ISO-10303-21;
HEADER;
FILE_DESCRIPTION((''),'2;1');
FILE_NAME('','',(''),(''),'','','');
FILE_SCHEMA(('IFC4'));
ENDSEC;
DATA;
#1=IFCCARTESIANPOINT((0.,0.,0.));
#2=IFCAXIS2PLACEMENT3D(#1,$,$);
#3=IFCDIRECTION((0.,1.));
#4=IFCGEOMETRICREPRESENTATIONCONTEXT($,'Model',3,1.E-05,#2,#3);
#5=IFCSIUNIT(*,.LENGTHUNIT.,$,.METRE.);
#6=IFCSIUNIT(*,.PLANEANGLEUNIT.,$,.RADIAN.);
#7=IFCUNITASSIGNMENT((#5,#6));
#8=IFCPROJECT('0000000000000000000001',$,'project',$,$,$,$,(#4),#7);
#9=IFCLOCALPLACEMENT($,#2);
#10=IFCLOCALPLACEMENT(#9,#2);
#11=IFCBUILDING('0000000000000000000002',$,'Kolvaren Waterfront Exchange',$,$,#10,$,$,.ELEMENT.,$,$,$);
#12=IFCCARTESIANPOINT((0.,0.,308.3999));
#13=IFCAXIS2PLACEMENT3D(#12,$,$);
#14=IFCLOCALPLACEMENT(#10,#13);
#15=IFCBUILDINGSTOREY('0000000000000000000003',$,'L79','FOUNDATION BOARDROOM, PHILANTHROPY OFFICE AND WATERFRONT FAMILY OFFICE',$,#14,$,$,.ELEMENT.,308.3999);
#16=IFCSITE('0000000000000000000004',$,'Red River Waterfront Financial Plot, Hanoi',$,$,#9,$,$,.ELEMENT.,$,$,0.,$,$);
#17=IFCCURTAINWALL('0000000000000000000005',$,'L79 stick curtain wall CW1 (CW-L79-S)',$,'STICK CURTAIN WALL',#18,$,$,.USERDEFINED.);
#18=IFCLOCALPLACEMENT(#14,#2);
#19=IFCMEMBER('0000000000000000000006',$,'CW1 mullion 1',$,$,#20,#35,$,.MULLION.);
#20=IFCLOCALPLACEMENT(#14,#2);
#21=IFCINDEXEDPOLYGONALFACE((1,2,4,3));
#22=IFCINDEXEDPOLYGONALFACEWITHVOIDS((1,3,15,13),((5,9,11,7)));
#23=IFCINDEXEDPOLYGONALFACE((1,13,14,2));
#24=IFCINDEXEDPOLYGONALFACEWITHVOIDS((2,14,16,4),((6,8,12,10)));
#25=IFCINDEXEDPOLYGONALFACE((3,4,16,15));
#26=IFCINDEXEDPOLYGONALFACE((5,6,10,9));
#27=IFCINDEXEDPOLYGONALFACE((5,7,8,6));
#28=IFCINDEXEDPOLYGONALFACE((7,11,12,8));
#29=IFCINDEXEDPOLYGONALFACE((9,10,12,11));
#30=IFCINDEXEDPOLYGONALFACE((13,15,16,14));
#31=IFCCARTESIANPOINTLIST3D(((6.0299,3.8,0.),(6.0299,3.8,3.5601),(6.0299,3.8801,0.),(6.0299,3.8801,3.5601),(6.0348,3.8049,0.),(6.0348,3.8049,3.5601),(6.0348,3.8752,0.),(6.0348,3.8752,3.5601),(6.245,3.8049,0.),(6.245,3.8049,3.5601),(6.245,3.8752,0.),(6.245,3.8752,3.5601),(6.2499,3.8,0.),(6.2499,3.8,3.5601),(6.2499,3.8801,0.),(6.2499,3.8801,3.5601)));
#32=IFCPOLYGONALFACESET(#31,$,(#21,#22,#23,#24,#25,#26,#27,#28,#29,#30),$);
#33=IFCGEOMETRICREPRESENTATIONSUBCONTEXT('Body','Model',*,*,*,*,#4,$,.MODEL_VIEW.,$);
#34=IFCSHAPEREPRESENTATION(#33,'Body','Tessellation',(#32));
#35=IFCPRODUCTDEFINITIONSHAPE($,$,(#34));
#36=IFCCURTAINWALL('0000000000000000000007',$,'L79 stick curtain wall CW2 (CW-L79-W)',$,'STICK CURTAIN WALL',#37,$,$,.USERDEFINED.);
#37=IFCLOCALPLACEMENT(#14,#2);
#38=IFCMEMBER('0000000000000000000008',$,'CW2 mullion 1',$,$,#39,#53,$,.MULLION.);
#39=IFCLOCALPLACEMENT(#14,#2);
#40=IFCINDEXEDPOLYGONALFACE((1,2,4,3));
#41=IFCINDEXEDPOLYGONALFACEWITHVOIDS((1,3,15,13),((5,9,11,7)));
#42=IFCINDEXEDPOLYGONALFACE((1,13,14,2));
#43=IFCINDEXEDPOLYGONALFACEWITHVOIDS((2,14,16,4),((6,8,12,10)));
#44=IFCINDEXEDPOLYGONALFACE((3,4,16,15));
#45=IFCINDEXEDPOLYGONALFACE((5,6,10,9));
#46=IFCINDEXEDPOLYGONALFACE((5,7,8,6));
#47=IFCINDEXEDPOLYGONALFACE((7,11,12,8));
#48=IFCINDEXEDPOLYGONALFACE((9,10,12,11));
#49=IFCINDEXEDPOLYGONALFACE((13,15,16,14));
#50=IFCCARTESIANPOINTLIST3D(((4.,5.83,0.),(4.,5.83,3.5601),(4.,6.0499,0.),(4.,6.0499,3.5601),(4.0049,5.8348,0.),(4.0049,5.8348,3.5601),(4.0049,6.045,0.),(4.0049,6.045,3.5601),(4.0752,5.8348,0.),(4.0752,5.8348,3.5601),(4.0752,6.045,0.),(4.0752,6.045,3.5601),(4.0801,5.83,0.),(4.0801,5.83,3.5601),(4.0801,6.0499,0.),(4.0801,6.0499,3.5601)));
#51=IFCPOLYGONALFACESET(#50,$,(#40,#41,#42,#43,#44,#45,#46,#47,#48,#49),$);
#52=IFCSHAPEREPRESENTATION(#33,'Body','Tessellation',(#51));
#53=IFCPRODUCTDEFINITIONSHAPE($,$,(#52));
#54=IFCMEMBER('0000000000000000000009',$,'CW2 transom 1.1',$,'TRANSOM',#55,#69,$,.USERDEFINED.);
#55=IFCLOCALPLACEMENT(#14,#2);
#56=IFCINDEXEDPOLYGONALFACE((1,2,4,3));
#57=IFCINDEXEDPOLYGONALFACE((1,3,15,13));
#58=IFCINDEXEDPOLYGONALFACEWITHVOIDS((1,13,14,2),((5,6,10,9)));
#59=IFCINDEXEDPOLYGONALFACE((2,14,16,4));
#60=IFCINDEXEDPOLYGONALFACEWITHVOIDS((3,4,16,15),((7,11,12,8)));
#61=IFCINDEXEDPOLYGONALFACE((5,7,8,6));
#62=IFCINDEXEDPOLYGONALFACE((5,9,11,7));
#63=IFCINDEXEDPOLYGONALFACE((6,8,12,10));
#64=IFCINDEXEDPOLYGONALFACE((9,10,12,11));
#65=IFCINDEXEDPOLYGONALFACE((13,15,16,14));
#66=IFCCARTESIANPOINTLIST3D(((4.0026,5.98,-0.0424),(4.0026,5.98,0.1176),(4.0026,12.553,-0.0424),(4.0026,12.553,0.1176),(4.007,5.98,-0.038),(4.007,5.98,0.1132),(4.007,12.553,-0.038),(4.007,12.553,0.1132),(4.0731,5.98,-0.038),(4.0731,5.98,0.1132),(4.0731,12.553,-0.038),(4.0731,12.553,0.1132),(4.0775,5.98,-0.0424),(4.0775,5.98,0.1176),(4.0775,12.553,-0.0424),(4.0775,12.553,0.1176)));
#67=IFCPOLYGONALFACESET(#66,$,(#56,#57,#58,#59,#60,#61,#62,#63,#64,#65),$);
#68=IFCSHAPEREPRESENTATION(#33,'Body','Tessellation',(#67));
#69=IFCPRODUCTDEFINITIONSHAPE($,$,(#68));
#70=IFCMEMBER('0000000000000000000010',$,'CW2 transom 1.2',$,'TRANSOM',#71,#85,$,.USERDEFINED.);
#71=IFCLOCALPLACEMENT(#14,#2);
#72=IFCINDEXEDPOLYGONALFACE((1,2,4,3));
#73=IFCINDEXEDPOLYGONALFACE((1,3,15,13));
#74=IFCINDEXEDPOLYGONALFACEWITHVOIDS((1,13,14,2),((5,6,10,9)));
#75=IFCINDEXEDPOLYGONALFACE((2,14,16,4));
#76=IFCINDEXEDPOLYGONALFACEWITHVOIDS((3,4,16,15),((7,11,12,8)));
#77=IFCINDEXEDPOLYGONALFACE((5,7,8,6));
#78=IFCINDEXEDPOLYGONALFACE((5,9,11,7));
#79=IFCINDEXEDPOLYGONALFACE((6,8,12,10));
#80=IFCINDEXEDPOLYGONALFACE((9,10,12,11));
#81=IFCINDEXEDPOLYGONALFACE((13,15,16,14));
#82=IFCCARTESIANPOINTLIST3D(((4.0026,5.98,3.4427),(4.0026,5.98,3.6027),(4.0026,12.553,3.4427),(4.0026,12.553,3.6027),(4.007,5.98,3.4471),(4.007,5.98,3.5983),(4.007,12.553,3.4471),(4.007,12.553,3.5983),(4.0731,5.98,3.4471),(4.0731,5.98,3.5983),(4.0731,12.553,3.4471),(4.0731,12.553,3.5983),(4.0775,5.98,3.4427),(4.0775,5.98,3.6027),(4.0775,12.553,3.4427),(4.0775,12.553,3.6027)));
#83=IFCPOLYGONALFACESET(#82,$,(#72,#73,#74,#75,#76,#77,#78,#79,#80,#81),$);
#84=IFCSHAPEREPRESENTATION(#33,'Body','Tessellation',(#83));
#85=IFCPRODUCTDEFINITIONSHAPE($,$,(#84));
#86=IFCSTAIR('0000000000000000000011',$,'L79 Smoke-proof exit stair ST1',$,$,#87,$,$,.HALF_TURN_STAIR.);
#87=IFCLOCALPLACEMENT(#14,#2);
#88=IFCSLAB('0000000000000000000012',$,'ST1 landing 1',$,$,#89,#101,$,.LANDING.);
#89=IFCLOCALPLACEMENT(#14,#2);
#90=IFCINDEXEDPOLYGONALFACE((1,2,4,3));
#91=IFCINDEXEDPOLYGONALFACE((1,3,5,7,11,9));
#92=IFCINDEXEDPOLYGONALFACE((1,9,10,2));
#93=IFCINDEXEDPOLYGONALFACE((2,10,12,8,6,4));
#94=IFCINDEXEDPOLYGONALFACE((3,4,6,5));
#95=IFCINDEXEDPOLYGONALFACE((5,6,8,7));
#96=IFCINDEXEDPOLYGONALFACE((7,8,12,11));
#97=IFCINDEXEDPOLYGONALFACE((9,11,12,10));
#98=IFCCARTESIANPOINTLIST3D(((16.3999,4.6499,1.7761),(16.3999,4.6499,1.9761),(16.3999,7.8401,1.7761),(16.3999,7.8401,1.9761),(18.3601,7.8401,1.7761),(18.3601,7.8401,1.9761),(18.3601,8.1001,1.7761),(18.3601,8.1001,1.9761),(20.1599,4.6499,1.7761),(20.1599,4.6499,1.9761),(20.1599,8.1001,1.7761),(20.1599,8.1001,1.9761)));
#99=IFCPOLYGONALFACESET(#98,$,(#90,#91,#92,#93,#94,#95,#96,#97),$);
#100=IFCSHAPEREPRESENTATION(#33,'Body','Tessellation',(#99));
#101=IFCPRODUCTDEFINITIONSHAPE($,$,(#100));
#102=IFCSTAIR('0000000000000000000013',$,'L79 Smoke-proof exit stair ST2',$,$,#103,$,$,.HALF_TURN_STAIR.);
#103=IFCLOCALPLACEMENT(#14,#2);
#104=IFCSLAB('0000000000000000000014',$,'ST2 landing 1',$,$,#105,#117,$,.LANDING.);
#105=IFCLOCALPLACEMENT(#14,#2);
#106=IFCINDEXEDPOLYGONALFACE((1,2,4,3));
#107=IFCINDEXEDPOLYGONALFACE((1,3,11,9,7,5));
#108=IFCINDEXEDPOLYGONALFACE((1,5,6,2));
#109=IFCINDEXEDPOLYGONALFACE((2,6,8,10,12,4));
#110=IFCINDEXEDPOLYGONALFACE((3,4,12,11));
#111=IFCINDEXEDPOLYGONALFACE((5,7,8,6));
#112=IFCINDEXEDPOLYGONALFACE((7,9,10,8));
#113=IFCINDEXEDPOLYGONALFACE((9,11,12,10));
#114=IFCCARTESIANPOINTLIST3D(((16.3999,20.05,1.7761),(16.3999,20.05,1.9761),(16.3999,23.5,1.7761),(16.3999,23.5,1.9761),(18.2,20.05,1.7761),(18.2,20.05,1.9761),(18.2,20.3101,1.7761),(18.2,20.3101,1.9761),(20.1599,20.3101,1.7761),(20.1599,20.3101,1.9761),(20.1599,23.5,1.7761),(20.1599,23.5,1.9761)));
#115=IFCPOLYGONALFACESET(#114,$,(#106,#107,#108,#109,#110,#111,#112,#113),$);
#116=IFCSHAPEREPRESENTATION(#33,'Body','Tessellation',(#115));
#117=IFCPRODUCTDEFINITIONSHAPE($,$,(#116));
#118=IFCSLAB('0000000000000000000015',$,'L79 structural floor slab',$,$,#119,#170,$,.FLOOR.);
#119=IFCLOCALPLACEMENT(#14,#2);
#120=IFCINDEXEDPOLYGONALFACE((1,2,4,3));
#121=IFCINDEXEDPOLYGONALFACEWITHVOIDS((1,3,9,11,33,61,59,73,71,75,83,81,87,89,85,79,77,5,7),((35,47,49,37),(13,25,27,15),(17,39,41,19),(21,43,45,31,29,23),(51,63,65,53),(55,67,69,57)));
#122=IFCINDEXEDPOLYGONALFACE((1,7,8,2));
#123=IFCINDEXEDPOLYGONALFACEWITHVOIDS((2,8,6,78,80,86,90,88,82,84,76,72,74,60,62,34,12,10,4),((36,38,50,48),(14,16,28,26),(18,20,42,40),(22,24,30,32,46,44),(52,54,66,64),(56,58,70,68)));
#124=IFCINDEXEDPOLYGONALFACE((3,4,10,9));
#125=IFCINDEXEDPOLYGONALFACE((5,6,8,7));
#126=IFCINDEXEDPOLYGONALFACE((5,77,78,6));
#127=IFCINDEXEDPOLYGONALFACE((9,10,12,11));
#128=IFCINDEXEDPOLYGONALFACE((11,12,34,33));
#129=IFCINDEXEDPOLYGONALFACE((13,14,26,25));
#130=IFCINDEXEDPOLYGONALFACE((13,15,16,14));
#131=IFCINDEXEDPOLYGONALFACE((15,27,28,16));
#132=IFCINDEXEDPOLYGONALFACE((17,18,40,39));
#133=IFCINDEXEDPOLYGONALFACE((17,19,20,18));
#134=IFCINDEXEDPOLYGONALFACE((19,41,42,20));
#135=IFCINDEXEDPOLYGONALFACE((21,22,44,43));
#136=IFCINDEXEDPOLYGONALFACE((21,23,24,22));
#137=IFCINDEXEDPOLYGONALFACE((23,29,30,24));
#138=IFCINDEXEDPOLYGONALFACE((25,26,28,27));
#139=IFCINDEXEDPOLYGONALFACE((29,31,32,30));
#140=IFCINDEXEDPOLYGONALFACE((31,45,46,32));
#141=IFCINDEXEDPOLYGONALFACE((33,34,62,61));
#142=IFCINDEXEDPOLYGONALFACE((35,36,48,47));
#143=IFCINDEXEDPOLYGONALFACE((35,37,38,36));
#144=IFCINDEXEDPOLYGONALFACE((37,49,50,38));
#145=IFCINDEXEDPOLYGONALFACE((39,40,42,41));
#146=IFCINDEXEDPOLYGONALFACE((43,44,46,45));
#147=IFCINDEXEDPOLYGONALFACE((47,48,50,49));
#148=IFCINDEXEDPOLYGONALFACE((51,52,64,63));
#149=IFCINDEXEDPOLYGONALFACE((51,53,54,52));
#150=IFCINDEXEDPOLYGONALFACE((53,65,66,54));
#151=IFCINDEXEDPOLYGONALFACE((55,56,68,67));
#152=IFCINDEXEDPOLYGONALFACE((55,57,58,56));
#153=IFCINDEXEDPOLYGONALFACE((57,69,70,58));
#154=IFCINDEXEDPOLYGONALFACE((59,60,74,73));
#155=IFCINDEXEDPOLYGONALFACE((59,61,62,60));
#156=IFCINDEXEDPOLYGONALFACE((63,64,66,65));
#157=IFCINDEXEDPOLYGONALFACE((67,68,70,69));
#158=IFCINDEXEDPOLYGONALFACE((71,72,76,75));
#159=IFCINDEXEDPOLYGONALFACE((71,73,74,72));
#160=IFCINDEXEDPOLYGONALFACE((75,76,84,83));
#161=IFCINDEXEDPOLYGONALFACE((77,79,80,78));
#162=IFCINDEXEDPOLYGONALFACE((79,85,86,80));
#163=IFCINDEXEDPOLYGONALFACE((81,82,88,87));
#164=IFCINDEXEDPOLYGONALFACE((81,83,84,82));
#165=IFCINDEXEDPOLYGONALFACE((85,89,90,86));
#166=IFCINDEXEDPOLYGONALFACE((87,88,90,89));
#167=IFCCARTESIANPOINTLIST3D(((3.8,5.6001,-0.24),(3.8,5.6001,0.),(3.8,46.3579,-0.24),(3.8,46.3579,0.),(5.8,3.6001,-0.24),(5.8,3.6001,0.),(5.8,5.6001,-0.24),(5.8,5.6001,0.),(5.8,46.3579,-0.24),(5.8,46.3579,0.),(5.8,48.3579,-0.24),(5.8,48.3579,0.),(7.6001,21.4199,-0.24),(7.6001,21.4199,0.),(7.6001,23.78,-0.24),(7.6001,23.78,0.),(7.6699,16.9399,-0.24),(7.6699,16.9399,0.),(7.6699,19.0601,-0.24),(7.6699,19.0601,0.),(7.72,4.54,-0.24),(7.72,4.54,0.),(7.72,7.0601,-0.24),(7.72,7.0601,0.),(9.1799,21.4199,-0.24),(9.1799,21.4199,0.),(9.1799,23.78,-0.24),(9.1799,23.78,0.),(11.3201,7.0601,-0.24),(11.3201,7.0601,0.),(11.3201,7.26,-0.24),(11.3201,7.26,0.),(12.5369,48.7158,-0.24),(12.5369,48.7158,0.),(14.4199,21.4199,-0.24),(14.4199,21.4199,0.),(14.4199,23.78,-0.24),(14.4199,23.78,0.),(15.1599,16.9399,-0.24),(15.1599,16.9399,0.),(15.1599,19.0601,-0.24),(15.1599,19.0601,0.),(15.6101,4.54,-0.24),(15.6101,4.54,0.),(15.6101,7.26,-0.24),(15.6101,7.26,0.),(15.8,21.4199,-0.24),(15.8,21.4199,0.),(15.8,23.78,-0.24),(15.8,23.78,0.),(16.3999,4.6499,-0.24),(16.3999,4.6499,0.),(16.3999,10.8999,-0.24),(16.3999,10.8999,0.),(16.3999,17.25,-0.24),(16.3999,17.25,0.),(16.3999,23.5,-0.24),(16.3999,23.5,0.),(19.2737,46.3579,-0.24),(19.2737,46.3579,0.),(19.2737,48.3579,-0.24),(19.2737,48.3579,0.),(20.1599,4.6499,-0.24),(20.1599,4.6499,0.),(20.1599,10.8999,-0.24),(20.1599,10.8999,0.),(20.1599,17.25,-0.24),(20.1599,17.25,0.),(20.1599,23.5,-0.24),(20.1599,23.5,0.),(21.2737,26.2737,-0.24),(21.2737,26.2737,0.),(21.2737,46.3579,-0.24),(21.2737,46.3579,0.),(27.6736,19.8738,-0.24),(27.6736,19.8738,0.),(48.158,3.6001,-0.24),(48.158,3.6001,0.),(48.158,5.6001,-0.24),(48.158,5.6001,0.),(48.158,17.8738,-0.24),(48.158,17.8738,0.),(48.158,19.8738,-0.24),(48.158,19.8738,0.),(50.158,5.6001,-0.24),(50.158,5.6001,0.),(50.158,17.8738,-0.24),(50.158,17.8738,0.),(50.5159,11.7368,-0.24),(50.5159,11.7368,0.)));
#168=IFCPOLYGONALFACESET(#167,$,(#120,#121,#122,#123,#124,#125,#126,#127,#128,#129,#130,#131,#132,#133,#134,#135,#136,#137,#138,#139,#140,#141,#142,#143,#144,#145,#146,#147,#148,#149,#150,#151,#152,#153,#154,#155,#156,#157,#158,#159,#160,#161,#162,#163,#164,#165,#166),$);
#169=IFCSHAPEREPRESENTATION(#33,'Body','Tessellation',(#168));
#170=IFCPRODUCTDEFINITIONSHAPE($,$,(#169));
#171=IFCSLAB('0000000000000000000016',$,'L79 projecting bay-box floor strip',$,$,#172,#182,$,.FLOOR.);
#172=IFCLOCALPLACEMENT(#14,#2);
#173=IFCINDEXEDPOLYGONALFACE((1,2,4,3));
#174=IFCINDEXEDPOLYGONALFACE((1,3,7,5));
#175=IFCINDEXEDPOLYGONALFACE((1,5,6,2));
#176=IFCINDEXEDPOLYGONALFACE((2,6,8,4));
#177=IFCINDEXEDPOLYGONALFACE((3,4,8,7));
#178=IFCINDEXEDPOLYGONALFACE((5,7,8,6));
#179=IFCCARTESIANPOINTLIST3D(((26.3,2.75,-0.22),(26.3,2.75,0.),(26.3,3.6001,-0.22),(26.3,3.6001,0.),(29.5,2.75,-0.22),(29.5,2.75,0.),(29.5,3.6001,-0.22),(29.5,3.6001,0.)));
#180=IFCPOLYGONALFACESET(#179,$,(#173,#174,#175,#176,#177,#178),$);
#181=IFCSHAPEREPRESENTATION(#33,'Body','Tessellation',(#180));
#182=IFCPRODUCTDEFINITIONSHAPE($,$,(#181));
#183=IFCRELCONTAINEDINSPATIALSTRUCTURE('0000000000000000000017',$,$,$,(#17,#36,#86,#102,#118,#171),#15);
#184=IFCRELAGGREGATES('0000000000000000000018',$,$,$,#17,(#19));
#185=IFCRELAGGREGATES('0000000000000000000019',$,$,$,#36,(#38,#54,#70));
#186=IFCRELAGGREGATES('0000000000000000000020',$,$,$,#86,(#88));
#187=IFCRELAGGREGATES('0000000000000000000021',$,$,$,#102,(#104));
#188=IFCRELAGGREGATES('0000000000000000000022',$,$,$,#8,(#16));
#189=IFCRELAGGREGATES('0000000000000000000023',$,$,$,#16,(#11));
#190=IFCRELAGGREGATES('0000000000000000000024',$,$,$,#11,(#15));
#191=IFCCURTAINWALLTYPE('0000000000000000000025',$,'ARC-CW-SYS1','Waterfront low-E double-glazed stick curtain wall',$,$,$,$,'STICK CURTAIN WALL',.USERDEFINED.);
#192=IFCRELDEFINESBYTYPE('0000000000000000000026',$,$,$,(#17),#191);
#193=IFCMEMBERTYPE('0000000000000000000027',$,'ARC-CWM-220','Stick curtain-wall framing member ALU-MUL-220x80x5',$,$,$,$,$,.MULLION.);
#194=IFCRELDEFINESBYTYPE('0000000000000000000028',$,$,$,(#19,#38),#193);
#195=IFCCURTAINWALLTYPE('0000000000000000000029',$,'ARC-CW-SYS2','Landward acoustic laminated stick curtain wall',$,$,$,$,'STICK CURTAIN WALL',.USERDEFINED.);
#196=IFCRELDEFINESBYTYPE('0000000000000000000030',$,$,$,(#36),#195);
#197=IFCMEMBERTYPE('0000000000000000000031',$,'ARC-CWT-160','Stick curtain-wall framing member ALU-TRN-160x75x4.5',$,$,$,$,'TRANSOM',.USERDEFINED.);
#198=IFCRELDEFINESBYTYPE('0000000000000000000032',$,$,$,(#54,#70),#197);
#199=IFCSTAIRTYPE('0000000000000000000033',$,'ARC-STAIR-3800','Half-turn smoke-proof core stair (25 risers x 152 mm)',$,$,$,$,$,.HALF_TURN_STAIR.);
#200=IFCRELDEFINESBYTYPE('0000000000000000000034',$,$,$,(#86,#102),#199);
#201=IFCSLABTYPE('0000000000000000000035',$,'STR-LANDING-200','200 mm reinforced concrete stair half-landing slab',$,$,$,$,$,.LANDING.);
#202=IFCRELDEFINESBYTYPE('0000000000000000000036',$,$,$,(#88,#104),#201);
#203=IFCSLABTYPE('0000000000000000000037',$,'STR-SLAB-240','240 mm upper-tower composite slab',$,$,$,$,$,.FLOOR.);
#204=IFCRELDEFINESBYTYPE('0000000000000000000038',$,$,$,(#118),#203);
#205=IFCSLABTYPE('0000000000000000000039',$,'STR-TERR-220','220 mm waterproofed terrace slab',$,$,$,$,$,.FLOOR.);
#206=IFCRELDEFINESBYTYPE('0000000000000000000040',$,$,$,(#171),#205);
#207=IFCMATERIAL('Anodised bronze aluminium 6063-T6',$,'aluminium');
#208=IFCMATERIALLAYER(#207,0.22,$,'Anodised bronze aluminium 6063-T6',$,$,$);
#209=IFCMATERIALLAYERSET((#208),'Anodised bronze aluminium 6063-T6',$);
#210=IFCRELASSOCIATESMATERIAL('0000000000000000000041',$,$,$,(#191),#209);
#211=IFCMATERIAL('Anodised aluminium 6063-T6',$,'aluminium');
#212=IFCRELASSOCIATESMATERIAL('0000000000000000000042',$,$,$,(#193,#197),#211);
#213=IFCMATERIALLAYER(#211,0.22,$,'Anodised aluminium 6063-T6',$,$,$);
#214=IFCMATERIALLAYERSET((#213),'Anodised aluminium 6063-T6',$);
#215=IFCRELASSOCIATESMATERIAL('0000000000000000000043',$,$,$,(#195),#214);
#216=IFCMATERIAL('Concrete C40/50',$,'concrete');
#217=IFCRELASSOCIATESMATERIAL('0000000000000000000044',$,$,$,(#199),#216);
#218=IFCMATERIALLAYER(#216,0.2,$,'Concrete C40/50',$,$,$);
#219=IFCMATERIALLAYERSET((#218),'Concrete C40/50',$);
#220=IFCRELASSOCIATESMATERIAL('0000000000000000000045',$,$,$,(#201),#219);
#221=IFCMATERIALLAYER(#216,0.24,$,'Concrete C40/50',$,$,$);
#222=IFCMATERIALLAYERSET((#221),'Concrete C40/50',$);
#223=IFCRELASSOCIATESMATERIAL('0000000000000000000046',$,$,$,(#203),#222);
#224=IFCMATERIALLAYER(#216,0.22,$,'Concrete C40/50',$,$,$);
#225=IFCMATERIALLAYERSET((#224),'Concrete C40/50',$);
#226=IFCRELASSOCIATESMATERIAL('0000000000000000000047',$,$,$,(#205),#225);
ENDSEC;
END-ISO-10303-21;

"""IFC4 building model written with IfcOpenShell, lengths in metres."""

from ifc_helpers import new_model, si_unit, direction, frame, origin, origin_with_axes, origin_2d, place, context, subcontext, project, spatial, polyline, hollow_rectangle, outline, extrude, source, transform, mapped, material, layer, layer_set, material_profile, profile_set, type_object, element, aggregate, save


model = new_model("IFC4")

# Units and contexts
model_context = context("Model", 3, precision=1e-05, world=origin(), true_north=direction((0.0, 1.0)))
body_context = subcontext(model_context, "Body", "Model", "MODEL_VIEW")
ifc_project = project(units=[si_unit("LENGTHUNIT", "METRE"), si_unit("PLANEANGLEUNIT", "RADIAN")], contexts=[model_context])

# Site, building, storey
site_placement = place(None, origin())
site = spatial("IfcSite", under=ifc_project, at=site_placement, Name="Red River Waterfront Financial Plot, Hanoi", CompositionType="ELEMENT", RefElevation=0.0)
building_placement = place(site_placement, origin())
building = spatial("IfcBuilding", under=site, at=building_placement, Name="Kolvaren Waterfront Exchange", CompositionType="ELEMENT")
storey_placement = place(building_placement, frame((0.0, 0.0, 308.3999)))
storey = spatial("IfcBuildingStorey", under=building, at=storey_placement, Name="L79", Description="FOUNDATION BOARDROOM, PHILANTHROPY OFFICE AND WATERFRONT FAMILY OFFICE", CompositionType="ELEMENT", Elevation=308.3999)

# Curtain wall, member
ifc_material_1 = material(Name="Anodised bronze aluminium 6063-T6", Category="aluminium")
ifc_layer_1 = layer(ifc_material_1, 0.22, Name="Anodised bronze aluminium 6063-T6")
ifc_layer_set_1 = layer_set([ifc_layer_1], Name="Anodised bronze aluminium 6063-T6")
curtain_wall_type_1 = type_object("IfcCurtainWallType", Name="ARC-CW-SYS1", Description="Waterfront low-E double-glazed stick curtain wall", ElementType="STICK CURTAIN WALL", PredefinedType="USERDEFINED", material=ifc_layer_set_1)
curtain_wall_1_placement = place(storey_placement, origin())
curtain_wall_1 = element("IfcCurtainWall", 1, at=curtain_wall_1_placement, inside=storey, type_object=curtain_wall_type_1, Name="L79 stick curtain wall CW1 (CW-L79-S)", ObjectType="STICK CURTAIN WALL", PredefinedType="USERDEFINED")
ifc_material_2 = material(Name="Anodised aluminium 6063-T6", Category="aluminium")
ifc_material_profile_1 = material_profile(ifc_material_2, hollow_rectangle(XDim=0.0801, YDim=0.22, WallThickness=0.0049, at=origin_2d()), Name="ALU-MUL-220x80x5")
ifc_profile_set_1 = profile_set([ifc_material_profile_1], Name="Anodised aluminium 6063-T6")
member_type_1 = type_object("IfcMemberType", Name="ARC-CWM-220", Description="Stick curtain-wall framing member ALU-MUL-220x80x5", PredefinedType="MULLION", material=ifc_profile_set_1)
shared_shape_1 = source(origin_with_axes(), body_context, "Body", "SweptSolid", [
    extrude(hollow_rectangle(XDim=0.0801, YDim=0.22, WallThickness=0.0049, at=origin_2d()), origin(), (0.0, 0.0, 1.0), 3.5601),
])
member_1_placement = place(storey_placement, frame((6.1399, 3.8401, 0.0), z_axis=(0.0, 0.0, 1.0), x_axis=(0.0, 1.0, 0.0)))
member_1 = element("IfcMember", 2, at=member_1_placement, type_object=member_type_1, Name="CW1 mullion 1", PredefinedType="MULLION", context=body_context, shape_type="MappedRepresentation", body=[
    mapped(shared_shape_1, transform((0.0, 0.0, 0.0), x_axis=(1.0, 0.0, 0.0), y_axis=(0.0, 1.0, 0.0), z_axis=(0.0, 0.0, 1.0), scale=1.0)),
])
aggregate(curtain_wall_1, [member_1])

# Curtain wall, members
ifc_layer_2 = layer(ifc_material_2, 0.22, Name="Anodised aluminium 6063-T6")
ifc_layer_set_2 = layer_set([ifc_layer_2], Name="Anodised aluminium 6063-T6")
curtain_wall_type_2 = type_object("IfcCurtainWallType", Name="ARC-CW-SYS2", Description="Landward acoustic laminated stick curtain wall", ElementType="STICK CURTAIN WALL", PredefinedType="USERDEFINED", material=ifc_layer_set_2)
curtain_wall_2_placement = place(storey_placement, origin())
curtain_wall_2 = element("IfcCurtainWall", 3, at=curtain_wall_2_placement, inside=storey, type_object=curtain_wall_type_2, Name="L79 stick curtain wall CW2 (CW-L79-W)", ObjectType="STICK CURTAIN WALL", PredefinedType="USERDEFINED")
member_2_placement = place(storey_placement, frame((4.04, 5.9399, 0.0), z_axis=(0.0, 0.0, 1.0), x_axis=(-1.0, 0.0, 0.0)))
member_2 = element("IfcMember", 4, at=member_2_placement, type_object=member_type_1, Name="CW2 mullion 1", PredefinedType="MULLION", context=body_context, shape_type="MappedRepresentation", body=[
    mapped(shared_shape_1, transform((0.0, 0.0, 0.0), x_axis=(1.0, 0.0, 0.0), y_axis=(0.0, 1.0, 0.0), z_axis=(0.0, 0.0, 1.0), scale=1.0)),
])
ifc_material_profile_2 = material_profile(ifc_material_2, hollow_rectangle(XDim=0.075, YDim=0.1599, WallThickness=0.0044, at=origin_2d()), Name="ALU-TRN-160x75x4.5")
ifc_profile_set_2 = profile_set([ifc_material_profile_2], Name="Anodised aluminium 6063-T6")
member_type_2 = type_object("IfcMemberType", Name="ARC-CWT-160", Description="Stick curtain-wall framing member ALU-TRN-160x75x4.5", ElementType="TRANSOM", PredefinedType="USERDEFINED", material=ifc_profile_set_2)
shared_shape_2 = source(origin_with_axes(), body_context, "Body", "SweptSolid", [
    extrude(hollow_rectangle(XDim=0.075, YDim=0.1599, WallThickness=0.0044, at=origin_2d()), origin(), (0.0, 0.0, 1.0), 6.573),
])
member_3_placement = place(storey_placement, frame((4.04, 5.98, 0.0376), z_axis=(0.0, 1.0, 0.0), x_axis=(-1.0, 0.0, 0.0)))
member_3 = element("IfcMember", 5, at=member_3_placement, type_object=member_type_2, Name="CW2 transom 1.1", ObjectType="TRANSOM", PredefinedType="USERDEFINED", context=body_context, shape_type="MappedRepresentation", body=[
    mapped(shared_shape_2, transform((0.0, 0.0, 0.0), x_axis=(1.0, 0.0, 0.0), y_axis=(0.0, 1.0, 0.0), z_axis=(0.0, 0.0, 1.0), scale=1.0)),
])
member_4_placement = place(storey_placement, frame((4.04, 5.98, 3.5227), z_axis=(0.0, 1.0, 0.0), x_axis=(-1.0, 0.0, 0.0)))
member_4 = element("IfcMember", 6, at=member_4_placement, type_object=member_type_2, Name="CW2 transom 1.2", ObjectType="TRANSOM", PredefinedType="USERDEFINED", context=body_context, shape_type="MappedRepresentation", body=[
    mapped(shared_shape_2, transform((0.0, 0.0, 0.0), x_axis=(1.0, 0.0, 0.0), y_axis=(0.0, 1.0, 0.0), z_axis=(0.0, 0.0, 1.0), scale=1.0)),
])
aggregate(curtain_wall_2, [member_2, member_3, member_4])

# Stairs, slabs
ifc_material_3 = material(Name="Concrete C40/50", Category="concrete")
stair_type = type_object("IfcStairType", Name="ARC-STAIR-3800", Description="Half-turn smoke-proof core stair (25 risers x 152 mm)", PredefinedType="HALF_TURN_STAIR", material=ifc_material_3)
stair_1_placement = place(storey_placement, origin())
stair_1 = element("IfcStair", 7, at=stair_1_placement, inside=storey, type_object=stair_type, Name="L79 Smoke-proof exit stair ST1", PredefinedType="HALF_TURN_STAIR")
ifc_layer_3 = layer(ifc_material_3, 0.2, Name="Concrete C40/50")
ifc_layer_set_3 = layer_set([ifc_layer_3], Name="Concrete C40/50")
slab_type_1 = type_object("IfcSlabType", Name="STR-LANDING-200", Description="200 mm reinforced concrete stair half-landing slab", PredefinedType="LANDING", material=ifc_layer_set_3)
slab_1_placement = place(storey_placement, frame((0.0, 0.0, 1.7761)))
slab_1 = element("IfcSlab", 8, at=slab_1_placement, type_object=slab_type_1, Name="ST1 landing 1", PredefinedType="LANDING", context=body_context, shape_type="SweptSolid", body=[
    extrude(outline(polyline([(16.3999, 7.8401), (16.3999, 4.6499), (20.1599, 4.6499), (20.1599, 8.1001), (18.3601, 8.1001), (18.3601, 7.8401), (16.3999, 7.8401)])), origin(), (0.0, 0.0, 1.0), 0.2),
])
aggregate(stair_1, [slab_1])
stair_2_placement = place(storey_placement, origin())
stair_2 = element("IfcStair", 9, at=stair_2_placement, inside=storey, type_object=stair_type, Name="L79 Smoke-proof exit stair ST2", PredefinedType="HALF_TURN_STAIR")
slab_2_placement = place(storey_placement, frame((0.0, 0.0, 1.7761)))
slab_2 = element("IfcSlab", 10, at=slab_2_placement, type_object=slab_type_1, Name="ST2 landing 1", PredefinedType="LANDING", context=body_context, shape_type="SweptSolid", body=[
    extrude(outline(polyline([(20.1599, 20.3101), (20.1599, 23.5), (16.3999, 23.5), (16.3999, 20.05), (18.2, 20.05), (18.2, 20.3101), (20.1599, 20.3101)])), origin(), (0.0, 0.0, 1.0), 0.2),
])
aggregate(stair_2, [slab_2])

# Slabs
ifc_layer_4 = layer(ifc_material_3, 0.24, Name="Concrete C40/50")
ifc_layer_set_4 = layer_set([ifc_layer_4], Name="Concrete C40/50")
slab_type_2 = type_object("IfcSlabType", Name="STR-SLAB-240", Description="240 mm upper-tower composite slab", PredefinedType="FLOOR", material=ifc_layer_set_4)
slab_3_placement = place(storey_placement, frame((0.0, 0.0, -0.24)))
element("IfcSlab", 11, at=slab_3_placement, inside=storey, type_object=slab_type_2, Name="L79 structural floor slab", PredefinedType="FLOOR", context=body_context, shape_type="SweptSolid", body=[
    extrude(outline(polyline([(5.8, 3.6001), (48.158, 3.6001), (48.158, 5.6001), (50.158, 5.6001), (50.5159, 11.7368), (50.158, 17.8738), (48.158, 17.8738), (48.158, 19.8738), (27.6736, 19.8738), (21.2737, 26.2737), (21.2737, 46.3579), (19.2737, 46.3579), (19.2737, 48.3579), (12.5369, 48.7158), (5.8, 48.3579), (5.8, 46.3579), (3.8, 46.3579), (3.8, 5.6001), (5.8, 5.6001), (5.8, 3.6001)]), holes=[polyline([(11.3201, 7.26), (15.6101, 7.26), (15.6101, 4.54), (7.72, 4.54), (7.72, 7.0601), (11.3201, 7.0601), (11.3201, 7.26)]), polyline([(20.1599, 10.8999), (20.1599, 4.6499), (16.3999, 4.6499), (16.3999, 10.8999), (20.1599, 10.8999)]), polyline([(7.6699, 19.0601), (15.1599, 19.0601), (15.1599, 16.9399), (7.6699, 16.9399), (7.6699, 19.0601)]), polyline([(16.3999, 17.25), (16.3999, 23.5), (20.1599, 23.5), (20.1599, 17.25), (16.3999, 17.25)]), polyline([(7.6001, 23.78), (9.1799, 23.78), (9.1799, 21.4199), (7.6001, 21.4199), (7.6001, 23.78)]), polyline([(14.4199, 23.78), (15.8, 23.78), (15.8, 21.4199), (14.4199, 21.4199), (14.4199, 23.78)])]), origin(), (0.0, 0.0, 1.0), 0.24),
])
ifc_layer_5 = layer(ifc_material_3, 0.22, Name="Concrete C40/50")
ifc_layer_set_5 = layer_set([ifc_layer_5], Name="Concrete C40/50")
slab_type_3 = type_object("IfcSlabType", Name="STR-TERR-220", Description="220 mm waterproofed terrace slab", PredefinedType="FLOOR", material=ifc_layer_set_5)
slab_4_placement = place(storey_placement, frame((0.0, 0.0, -0.22)))
element("IfcSlab", 12, at=slab_4_placement, inside=storey, type_object=slab_type_3, Name="L79 projecting bay-box floor strip", PredefinedType="FLOOR", context=body_context, shape_type="SweptSolid", body=[
    extrude(outline(polyline([(26.3, 2.75), (29.5, 2.75), (29.5, 3.6001), (26.3, 3.6001), (26.3, 2.75)])), origin(), (0.0, 0.0, 1.0), 0.22),
])

save(model, "model.ifc")
